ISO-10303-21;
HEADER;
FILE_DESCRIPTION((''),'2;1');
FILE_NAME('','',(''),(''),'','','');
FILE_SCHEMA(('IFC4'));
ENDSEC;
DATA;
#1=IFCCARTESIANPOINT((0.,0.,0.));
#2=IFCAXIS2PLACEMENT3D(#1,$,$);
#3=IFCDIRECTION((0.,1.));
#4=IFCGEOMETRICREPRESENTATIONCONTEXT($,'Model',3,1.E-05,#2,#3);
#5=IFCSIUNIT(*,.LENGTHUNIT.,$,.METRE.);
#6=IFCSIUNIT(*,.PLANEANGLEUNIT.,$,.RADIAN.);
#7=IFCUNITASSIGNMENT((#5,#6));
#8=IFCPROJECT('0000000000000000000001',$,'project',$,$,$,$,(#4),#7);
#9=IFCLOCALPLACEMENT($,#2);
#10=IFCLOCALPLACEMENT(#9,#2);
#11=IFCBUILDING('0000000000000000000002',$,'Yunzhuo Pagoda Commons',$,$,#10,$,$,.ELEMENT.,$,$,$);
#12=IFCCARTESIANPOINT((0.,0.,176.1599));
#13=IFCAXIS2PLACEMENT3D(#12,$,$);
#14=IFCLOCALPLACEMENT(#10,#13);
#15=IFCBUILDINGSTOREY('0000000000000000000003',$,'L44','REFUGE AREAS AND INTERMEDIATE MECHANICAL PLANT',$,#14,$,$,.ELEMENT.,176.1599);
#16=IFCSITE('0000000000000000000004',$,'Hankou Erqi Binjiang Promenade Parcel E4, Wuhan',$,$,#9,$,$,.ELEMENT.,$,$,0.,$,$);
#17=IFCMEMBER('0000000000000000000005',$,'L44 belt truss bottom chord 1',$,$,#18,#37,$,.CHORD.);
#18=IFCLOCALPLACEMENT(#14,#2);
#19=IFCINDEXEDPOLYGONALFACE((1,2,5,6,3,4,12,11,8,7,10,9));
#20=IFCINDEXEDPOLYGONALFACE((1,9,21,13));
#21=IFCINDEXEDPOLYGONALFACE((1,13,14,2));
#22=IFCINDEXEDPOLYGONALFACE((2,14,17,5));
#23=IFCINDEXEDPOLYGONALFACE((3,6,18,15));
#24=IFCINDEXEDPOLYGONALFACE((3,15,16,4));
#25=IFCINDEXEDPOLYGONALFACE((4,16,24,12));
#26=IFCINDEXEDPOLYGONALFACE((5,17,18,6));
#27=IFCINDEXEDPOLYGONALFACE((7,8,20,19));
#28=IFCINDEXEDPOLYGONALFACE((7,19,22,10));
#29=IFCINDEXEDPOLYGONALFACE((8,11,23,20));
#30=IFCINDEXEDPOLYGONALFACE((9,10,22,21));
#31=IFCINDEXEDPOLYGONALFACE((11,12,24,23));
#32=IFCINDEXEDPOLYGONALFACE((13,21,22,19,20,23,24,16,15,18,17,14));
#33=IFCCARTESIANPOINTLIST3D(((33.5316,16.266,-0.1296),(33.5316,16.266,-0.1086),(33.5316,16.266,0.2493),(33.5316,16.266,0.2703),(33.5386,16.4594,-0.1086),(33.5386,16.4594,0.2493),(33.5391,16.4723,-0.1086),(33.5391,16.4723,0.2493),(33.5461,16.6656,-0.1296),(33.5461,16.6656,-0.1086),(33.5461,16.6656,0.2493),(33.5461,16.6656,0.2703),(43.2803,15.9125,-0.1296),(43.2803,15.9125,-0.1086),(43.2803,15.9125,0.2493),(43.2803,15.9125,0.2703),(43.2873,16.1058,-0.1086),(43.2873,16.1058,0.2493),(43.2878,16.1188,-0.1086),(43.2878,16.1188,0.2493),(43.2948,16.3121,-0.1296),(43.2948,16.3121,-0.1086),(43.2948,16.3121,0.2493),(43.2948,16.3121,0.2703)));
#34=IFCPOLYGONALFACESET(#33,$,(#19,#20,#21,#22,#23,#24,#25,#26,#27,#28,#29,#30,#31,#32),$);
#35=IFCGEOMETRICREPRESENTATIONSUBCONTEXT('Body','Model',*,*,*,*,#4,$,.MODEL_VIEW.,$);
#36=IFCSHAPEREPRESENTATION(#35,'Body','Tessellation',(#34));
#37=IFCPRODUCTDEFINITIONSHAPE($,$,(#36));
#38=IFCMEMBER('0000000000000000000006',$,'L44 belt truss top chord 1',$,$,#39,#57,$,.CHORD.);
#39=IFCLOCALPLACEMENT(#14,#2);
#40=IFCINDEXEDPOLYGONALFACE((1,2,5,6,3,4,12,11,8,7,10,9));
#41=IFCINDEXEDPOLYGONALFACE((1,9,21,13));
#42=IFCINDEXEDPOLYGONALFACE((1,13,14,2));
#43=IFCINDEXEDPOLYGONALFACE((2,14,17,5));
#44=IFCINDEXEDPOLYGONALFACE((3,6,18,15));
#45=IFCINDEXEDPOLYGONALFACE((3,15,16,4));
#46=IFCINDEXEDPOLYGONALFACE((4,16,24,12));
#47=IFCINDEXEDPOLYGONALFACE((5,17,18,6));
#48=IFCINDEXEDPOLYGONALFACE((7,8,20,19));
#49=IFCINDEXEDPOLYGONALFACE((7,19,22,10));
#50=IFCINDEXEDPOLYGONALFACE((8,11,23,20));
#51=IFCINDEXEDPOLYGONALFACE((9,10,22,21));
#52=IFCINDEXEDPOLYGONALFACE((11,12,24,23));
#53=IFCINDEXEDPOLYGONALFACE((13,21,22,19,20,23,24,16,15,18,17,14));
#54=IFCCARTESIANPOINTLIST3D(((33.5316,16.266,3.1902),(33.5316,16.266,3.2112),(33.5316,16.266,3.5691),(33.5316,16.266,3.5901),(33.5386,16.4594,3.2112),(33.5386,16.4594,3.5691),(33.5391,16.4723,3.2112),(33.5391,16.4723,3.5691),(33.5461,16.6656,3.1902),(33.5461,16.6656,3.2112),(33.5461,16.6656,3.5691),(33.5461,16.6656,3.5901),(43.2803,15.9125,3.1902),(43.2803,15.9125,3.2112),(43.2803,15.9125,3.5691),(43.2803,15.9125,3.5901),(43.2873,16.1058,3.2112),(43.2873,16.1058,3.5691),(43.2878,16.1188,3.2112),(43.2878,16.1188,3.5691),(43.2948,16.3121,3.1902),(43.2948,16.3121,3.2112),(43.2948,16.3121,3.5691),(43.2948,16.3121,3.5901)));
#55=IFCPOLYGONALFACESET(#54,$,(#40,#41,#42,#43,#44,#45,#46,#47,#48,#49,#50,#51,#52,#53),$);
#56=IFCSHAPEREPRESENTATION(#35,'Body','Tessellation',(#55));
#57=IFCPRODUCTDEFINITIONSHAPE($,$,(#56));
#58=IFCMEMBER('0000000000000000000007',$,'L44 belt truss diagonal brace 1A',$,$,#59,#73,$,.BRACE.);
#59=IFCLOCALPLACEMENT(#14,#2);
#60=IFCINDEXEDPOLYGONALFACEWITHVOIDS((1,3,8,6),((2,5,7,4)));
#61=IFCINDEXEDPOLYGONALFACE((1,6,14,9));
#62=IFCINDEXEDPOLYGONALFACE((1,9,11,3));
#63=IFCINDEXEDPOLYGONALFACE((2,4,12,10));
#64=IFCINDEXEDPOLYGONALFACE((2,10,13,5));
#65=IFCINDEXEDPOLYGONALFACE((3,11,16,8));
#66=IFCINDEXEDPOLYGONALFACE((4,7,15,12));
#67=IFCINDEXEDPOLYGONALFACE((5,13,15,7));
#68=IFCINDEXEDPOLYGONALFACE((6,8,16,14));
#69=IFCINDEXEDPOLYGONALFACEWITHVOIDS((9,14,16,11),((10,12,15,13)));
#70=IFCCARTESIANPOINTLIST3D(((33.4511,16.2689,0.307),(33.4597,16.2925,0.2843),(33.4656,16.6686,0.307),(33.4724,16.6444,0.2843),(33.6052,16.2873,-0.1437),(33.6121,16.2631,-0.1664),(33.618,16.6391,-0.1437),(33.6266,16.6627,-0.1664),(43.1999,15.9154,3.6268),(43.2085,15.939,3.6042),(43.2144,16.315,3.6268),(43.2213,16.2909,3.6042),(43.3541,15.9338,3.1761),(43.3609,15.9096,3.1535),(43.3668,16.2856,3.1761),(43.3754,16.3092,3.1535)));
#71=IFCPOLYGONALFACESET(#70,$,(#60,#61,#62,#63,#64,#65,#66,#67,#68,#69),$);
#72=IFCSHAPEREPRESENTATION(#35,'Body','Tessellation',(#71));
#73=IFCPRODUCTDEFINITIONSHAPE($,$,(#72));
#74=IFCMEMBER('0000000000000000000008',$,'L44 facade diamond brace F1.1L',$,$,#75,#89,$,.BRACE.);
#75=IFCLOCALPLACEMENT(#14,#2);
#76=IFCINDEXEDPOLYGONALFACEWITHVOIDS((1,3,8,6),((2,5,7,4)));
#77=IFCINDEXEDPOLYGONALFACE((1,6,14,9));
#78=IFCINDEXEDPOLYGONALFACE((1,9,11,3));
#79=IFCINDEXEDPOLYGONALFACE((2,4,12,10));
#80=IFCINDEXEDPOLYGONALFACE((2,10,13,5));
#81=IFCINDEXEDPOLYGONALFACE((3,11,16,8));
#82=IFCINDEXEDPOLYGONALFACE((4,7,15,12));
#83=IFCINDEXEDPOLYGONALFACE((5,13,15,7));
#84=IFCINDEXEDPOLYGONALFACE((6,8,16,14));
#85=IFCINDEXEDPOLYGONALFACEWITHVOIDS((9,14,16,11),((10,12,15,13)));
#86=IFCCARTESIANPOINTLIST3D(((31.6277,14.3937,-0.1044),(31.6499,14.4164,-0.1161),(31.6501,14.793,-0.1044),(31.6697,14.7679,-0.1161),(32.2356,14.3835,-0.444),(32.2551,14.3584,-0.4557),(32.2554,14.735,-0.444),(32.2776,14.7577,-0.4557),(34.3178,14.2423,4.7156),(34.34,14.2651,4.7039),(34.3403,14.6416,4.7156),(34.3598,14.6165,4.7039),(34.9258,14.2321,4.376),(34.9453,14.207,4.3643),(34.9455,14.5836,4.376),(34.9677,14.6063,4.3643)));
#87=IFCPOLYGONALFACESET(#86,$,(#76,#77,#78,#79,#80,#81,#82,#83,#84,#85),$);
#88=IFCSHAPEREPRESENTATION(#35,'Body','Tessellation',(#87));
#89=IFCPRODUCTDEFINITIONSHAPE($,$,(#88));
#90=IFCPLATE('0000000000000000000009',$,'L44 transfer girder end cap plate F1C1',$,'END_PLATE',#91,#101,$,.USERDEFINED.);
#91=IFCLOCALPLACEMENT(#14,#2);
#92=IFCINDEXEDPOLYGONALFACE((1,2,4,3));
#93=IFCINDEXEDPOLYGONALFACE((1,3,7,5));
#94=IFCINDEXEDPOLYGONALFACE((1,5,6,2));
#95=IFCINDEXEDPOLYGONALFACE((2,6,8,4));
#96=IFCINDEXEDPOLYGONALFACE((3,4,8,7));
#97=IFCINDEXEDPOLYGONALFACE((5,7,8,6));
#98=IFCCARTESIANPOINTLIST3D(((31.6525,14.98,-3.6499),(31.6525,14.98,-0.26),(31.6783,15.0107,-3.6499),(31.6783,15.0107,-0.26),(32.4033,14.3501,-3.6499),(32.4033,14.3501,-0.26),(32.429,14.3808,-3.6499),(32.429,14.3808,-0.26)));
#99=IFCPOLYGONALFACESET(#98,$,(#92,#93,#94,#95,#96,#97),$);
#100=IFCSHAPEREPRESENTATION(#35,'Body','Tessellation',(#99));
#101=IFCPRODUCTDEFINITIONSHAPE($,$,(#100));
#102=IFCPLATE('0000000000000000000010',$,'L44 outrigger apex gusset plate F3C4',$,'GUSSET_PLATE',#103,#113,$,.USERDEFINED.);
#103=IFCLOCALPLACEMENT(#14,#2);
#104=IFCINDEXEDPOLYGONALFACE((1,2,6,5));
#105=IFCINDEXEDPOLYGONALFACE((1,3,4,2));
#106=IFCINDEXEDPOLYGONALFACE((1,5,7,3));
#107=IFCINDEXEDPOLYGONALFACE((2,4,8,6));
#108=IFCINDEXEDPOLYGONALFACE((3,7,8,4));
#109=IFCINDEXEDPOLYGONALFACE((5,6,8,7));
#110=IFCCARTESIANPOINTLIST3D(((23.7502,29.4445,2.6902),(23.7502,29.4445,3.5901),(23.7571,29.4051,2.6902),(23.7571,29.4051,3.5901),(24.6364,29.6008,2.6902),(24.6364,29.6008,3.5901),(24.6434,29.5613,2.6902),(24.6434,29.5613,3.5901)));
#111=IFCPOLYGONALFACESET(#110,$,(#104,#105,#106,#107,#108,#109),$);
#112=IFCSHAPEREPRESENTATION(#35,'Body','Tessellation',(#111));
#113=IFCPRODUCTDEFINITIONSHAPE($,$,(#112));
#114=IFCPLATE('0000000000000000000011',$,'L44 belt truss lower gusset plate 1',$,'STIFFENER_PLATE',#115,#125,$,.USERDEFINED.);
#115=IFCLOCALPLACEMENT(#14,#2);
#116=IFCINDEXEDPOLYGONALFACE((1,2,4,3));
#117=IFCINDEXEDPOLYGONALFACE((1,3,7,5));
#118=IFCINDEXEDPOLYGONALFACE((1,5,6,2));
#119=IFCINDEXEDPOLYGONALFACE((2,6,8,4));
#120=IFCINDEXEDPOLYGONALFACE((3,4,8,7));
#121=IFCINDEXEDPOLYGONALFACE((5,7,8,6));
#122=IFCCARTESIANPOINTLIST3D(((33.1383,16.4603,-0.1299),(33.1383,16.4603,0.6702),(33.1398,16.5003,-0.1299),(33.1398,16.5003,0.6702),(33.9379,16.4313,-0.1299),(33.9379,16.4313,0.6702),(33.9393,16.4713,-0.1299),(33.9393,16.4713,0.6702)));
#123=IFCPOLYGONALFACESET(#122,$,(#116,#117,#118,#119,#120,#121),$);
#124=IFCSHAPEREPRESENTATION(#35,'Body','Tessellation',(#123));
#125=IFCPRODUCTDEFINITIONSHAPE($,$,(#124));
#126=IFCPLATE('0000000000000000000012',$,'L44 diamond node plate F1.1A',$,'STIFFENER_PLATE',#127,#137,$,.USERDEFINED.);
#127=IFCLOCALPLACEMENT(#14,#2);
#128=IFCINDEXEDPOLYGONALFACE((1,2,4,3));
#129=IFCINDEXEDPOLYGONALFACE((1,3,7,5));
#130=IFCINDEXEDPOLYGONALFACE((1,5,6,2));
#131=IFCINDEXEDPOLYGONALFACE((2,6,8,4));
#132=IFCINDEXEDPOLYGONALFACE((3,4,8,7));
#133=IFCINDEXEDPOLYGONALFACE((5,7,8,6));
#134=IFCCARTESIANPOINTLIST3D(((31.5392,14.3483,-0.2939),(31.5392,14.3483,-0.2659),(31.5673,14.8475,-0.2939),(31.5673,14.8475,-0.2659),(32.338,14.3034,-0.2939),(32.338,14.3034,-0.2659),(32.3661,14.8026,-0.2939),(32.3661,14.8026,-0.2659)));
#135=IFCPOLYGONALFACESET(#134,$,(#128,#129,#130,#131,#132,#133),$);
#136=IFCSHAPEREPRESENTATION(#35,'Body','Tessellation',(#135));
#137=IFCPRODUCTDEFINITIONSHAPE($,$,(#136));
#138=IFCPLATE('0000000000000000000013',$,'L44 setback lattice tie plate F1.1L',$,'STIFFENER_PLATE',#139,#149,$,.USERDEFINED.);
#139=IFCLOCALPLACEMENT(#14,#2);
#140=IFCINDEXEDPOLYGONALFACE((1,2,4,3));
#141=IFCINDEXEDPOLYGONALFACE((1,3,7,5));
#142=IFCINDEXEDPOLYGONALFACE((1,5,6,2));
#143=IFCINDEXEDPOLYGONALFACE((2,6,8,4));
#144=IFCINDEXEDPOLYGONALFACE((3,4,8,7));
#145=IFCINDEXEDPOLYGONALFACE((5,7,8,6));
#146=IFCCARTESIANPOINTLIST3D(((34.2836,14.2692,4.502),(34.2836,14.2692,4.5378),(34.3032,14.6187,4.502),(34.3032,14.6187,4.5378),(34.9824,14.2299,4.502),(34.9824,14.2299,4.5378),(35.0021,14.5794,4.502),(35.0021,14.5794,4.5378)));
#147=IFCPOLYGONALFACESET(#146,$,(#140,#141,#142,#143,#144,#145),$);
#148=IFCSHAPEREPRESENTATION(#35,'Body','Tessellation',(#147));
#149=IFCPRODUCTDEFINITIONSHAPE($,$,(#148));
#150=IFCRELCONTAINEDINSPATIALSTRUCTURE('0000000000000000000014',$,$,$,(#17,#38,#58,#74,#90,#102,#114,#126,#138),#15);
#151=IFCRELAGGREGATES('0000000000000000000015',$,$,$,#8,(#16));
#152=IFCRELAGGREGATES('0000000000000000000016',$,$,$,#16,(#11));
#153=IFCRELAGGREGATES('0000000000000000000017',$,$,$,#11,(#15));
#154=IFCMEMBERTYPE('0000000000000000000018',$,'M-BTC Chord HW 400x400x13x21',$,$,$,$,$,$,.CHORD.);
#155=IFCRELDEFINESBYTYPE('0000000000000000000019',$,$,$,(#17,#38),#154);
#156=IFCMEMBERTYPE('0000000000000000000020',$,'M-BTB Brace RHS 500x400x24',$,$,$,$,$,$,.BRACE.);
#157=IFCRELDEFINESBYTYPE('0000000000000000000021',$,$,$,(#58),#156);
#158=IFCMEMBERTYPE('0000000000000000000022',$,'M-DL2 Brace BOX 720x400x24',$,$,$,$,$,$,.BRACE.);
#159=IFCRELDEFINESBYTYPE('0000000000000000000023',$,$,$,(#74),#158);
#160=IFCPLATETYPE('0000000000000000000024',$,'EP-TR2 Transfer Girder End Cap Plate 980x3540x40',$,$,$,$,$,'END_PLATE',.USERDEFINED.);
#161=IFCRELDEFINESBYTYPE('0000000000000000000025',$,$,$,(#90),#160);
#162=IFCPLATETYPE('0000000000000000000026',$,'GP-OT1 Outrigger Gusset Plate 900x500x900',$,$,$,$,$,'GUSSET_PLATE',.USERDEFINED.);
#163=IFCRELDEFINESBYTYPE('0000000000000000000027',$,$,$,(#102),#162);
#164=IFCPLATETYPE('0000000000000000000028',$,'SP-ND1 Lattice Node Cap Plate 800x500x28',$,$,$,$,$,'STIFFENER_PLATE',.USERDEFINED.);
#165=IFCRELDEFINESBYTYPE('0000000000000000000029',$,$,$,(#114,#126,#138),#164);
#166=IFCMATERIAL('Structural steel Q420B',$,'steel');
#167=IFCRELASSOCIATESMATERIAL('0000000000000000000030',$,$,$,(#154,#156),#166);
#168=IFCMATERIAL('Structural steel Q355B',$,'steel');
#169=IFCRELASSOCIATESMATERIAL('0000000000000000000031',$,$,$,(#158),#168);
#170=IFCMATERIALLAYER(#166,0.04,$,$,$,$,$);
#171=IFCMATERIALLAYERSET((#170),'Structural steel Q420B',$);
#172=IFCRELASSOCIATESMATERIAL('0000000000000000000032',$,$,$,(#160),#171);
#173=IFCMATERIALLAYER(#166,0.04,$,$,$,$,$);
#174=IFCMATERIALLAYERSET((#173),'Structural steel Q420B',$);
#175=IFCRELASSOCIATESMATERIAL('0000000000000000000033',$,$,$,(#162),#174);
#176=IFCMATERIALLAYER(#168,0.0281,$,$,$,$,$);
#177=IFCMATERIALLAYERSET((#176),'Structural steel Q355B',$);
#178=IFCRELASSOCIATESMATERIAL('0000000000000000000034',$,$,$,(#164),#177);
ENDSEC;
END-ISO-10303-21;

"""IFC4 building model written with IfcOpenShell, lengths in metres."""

from ifc_helpers import new_model, si_unit, direction, frame, origin, origin_2d, place, context, subcontext, project, spatial, rectangle, hollow_rectangle, i_section, extrude, source, transform, mapped, material, layer, layer_set, material_profile, profile_set, type_object, element, save


model = new_model("IFC4")

# Units and contexts
model_context = context("Model", 3, precision=1e-05, world=origin(), true_north=direction((0.0, 1.0)))
body_context = subcontext(model_context, "Body", "Model", "MODEL_VIEW")
ifc_project = project(units=[si_unit("LENGTHUNIT", "METRE"), si_unit("PLANEANGLEUNIT", "RADIAN")], contexts=[model_context])

# Site, building, storey
site_placement = place(None, origin())
site = spatial("IfcSite", under=ifc_project, at=site_placement, Name="Hankou Erqi Binjiang Promenade Parcel E4, Wuhan", CompositionType="ELEMENT", RefElevation=0.0)
building_placement = place(site_placement, origin())
building = spatial("IfcBuilding", under=site, at=building_placement, Name="Yunzhuo Pagoda Commons", CompositionType="ELEMENT")
storey_placement = place(building_placement, frame((0.0, 0.0, 176.1599)))
storey = spatial("IfcBuildingStorey", under=building, at=storey_placement, Name="L44", Description="REFUGE AREAS AND INTERMEDIATE MECHANICAL PLANT", CompositionType="ELEMENT", Elevation=176.1599)

# Shared definitions
ifc_material_1 = material(Name="Structural steel Q420B", Category="steel")

# Shared definitions
ifc_material_2 = material(Name="Structural steel Q355B", Category="steel")

# Members
ifc_material_profile_1 = material_profile(ifc_material_1, i_section(OverallWidth=0.3999, OverallDepth=0.3999, WebThickness=0.0129, FlangeThickness=0.021, at=origin_2d()), Name="Structural steel Q420B")
ifc_profile_set_1 = profile_set([ifc_material_profile_1], Name="Structural steel Q420B")
member_type_1 = type_object("IfcMemberType", Name="M-BTC Chord HW 400x400x13x21", PredefinedType="CHORD", material=ifc_profile_set_1)
shared_shape_1 = source(origin(), body_context, "Body", "SweptSolid", [
    extrude(i_section(OverallWidth=0.3999, OverallDepth=0.3999, WebThickness=0.0129, FlangeThickness=0.021, at=origin_2d()), origin(), (0.0, 0.0, 1.0), 9.7551),
])
for number, where, z_axis, x_axis, name in (
    (1, (33.5388, 16.4658, 0.0703), (0.999343, -0.036239, 0.0), (0.036239, 0.999343, 0.0), "L44 belt truss bottom chord 1"),
    (2, (33.5388, 16.4658, 3.3901), (0.999343, -0.036239, 0.0), (0.036239, 0.999343, 0.0), "L44 belt truss top chord 1"),
):
    element("IfcMember", number, at=place(storey_placement, frame(where, z_axis=z_axis, x_axis=x_axis)), inside=storey, type_object=member_type_1, Name=name, PredefinedType="CHORD", context=body_context, shape_type="MappedRepresentation", body=[
        mapped(shared_shape_1, transform((0.0, 0.0, 0.0), scale=1.0)),
    ])
ifc_material_profile_2 = material_profile(ifc_material_1, hollow_rectangle(XDim=0.3999, YDim=0.5, WallThickness=0.0239, at=origin_2d()), Name="Structural steel Q420B")
ifc_profile_set_2 = profile_set([ifc_material_profile_2], Name="Structural steel Q420B")
member_type_2 = type_object("IfcMemberType", Name="M-BTB Brace RHS 500x400x24", PredefinedType="BRACE", material=ifc_profile_set_2)
shared_shape_2 = source(origin(), body_context, "Body", "SweptSolid", [
    extrude(hollow_rectangle(XDim=0.3999, YDim=0.5, WallThickness=0.0239, at=origin_2d()), origin(), (0.0, 0.0, 1.0), 10.3047),
])
member_1_placement = place(storey_placement, frame((33.5388, 16.4658, 0.0703), z_axis=(0.94606, -0.034307, 0.322169), x_axis=(0.036239, 0.999343, 0.0)))
element("IfcMember", 3, at=member_1_placement, inside=storey, type_object=member_type_2, Name="L44 belt truss diagonal brace 1A", PredefinedType="BRACE", context=body_context, shape_type="MappedRepresentation", body=[
    mapped(shared_shape_2, transform((0.0, 0.0, 0.0), scale=1.0)),
])
ifc_material_profile_3 = material_profile(ifc_material_2, hollow_rectangle(XDim=0.3999, YDim=0.72, WallThickness=0.0239, at=origin_2d()), Name="Structural steel Q355B")
ifc_profile_set_3 = profile_set([ifc_material_profile_3], Name="Structural steel Q355B")
member_type_3 = type_object("IfcMemberType", Name="M-DL2 Brace BOX 720x400x24", PredefinedType="BRACE", material=ifc_profile_set_3)
shared_shape_3 = source(origin(), body_context, "Body", "SweptSolid", [
    extrude(hollow_rectangle(XDim=0.3999, YDim=0.72, WallThickness=0.0239, at=origin_2d()), origin(), (0.0, 0.0, 1.0), 5.522),
])
member_2_placement = place(storey_placement, frame((31.9526, 14.5757, -0.28), z_axis=(0.487171, -0.027411, 0.872876), x_axis=(0.056178, 0.998421, 0.0)))
element("IfcMember", 4, at=member_2_placement, inside=storey, type_object=member_type_3, Name="L44 facade diamond brace F1.1L", PredefinedType="BRACE", context=body_context, shape_type="MappedRepresentation", body=[
    mapped(shared_shape_3, transform((0.0, 0.0, 0.0), scale=1.0)),
])

# Plates
ifc_layer_1 = layer(ifc_material_1, 0.04)
ifc_layer_set_1 = layer_set([ifc_layer_1], Name="Structural steel Q420B")
plate_type_1 = type_object("IfcPlateType", Name="EP-TR2 Transfer Girder End Cap Plate 980x3540x40", ElementType="END_PLATE", PredefinedType="USERDEFINED", material=ifc_layer_set_1)
shared_shape_4 = source(origin(), body_context, "Body", "SweptSolid", [
    extrude(rectangle(XDim=0.98, YDim=0.04, at=origin_2d()), origin(), (0.0, 0.0, 1.0), 3.3899),
])
plate_1_placement = place(storey_placement, frame((32.0408, 14.6804, -3.6499), z_axis=(0.0, 0.0, 1.0), x_axis=(0.766044, -0.642788, 0.0)))
element("IfcPlate", 5, at=plate_1_placement, inside=storey, type_object=plate_type_1, Name="L44 transfer girder end cap plate F1C1", ObjectType="END_PLATE", PredefinedType="USERDEFINED", context=body_context, shape_type="MappedRepresentation", body=[
    mapped(shared_shape_4, transform((0.0, 0.0, 0.0), scale=1.0)),
])
ifc_layer_2 = layer(ifc_material_1, 0.04)
ifc_layer_set_2 = layer_set([ifc_layer_2], Name="Structural steel Q420B")
plate_type_2 = type_object("IfcPlateType", Name="GP-OT1 Outrigger Gusset Plate 900x500x900", ElementType="GUSSET_PLATE", PredefinedType="USERDEFINED", material=ifc_layer_set_2)
shared_shape_5 = source(origin(), body_context, "Body", "SweptSolid", [
    extrude(rectangle(XDim=0.8999, YDim=0.04, at=origin_2d()), origin(), (0.0, 0.0, 1.0), 0.8999),
])
plate_2_placement = place(storey_placement, frame((24.1968, 29.5029, 2.6902), z_axis=(0.0, 0.0, 1.0), x_axis=(-0.984808, -0.173648, 0.0)))
element("IfcPlate", 6, at=plate_2_placement, inside=storey, type_object=plate_type_2, Name="L44 outrigger apex gusset plate F3C4", ObjectType="GUSSET_PLATE", PredefinedType="USERDEFINED", context=body_context, shape_type="MappedRepresentation", body=[
    mapped(shared_shape_5, transform((0.0, 0.0, 0.0), scale=1.0)),
])
ifc_layer_3 = layer(ifc_material_2, 0.0281)
ifc_layer_set_3 = layer_set([ifc_layer_3], Name="Structural steel Q355B")
plate_type_3 = type_object("IfcPlateType", Name="SP-ND1 Lattice Node Cap Plate 800x500x28", ElementType="STIFFENER_PLATE", PredefinedType="USERDEFINED", material=ifc_layer_set_3)
shared_shape_6 = source(origin(), body_context, "Body", "SweptSolid", [
    extrude(rectangle(XDim=0.8, YDim=0.04, at=origin_2d()), origin(), (0.0, 0.0, 1.0), 0.8),
])
plate_3_placement = place(storey_placement, frame((33.5388, 16.4658, -0.1299), z_axis=(0.0, 0.0, 1.0), x_axis=(0.999343, -0.036243, 0.0)))
element("IfcPlate", 7, at=plate_3_placement, inside=storey, type_object=plate_type_3, Name="L44 belt truss lower gusset plate 1", ObjectType="STIFFENER_PLATE", PredefinedType="USERDEFINED", context=body_context, shape_type="MappedRepresentation", body=[
    mapped(shared_shape_6, transform((0.0, 0.0, 0.0), scale=1.0)),
])
shared_shape_7 = source(origin(), body_context, "Body", "SweptSolid", [
    extrude(rectangle(XDim=0.8, YDim=0.5, at=origin_2d()), origin(), (0.0, 0.0, 1.0), 0.0281),
])
plate_4_placement = place(storey_placement, frame((31.9526, 14.5754, -0.2939), z_axis=(0.0, 0.0, 1.0), x_axis=(0.998423, -0.056135, 0.0)))
element("IfcPlate", 8, at=plate_4_placement, inside=storey, type_object=plate_type_3, Name="L44 diamond node plate F1.1A", ObjectType="STIFFENER_PLATE", PredefinedType="USERDEFINED", context=body_context, shape_type="MappedRepresentation", body=[
    mapped(shared_shape_7, transform((0.0, 0.0, 0.0), scale=1.0)),
])
shared_shape_8 = source(origin(), body_context, "Body", "SweptSolid", [
    extrude(rectangle(XDim=0.7, YDim=0.3501, at=origin_2d()), origin(), (0.0, 0.0, 1.0), 0.0359),
])
plate_5_placement = place(storey_placement, frame((34.6428, 14.4243, 4.502), z_axis=(0.0, 0.0, 1.0), x_axis=(0.998423, -0.056135, 0.0)))
element("IfcPlate", 9, at=plate_5_placement, inside=storey, type_object=plate_type_3, Name="L44 setback lattice tie plate F1.1L", ObjectType="STIFFENER_PLATE", PredefinedType="USERDEFINED", context=body_context, shape_type="MappedRepresentation", body=[
    mapped(shared_shape_8, transform((0.0, 0.0, 0.0), scale=1.0)),
])

save(model, "model.ifc")
